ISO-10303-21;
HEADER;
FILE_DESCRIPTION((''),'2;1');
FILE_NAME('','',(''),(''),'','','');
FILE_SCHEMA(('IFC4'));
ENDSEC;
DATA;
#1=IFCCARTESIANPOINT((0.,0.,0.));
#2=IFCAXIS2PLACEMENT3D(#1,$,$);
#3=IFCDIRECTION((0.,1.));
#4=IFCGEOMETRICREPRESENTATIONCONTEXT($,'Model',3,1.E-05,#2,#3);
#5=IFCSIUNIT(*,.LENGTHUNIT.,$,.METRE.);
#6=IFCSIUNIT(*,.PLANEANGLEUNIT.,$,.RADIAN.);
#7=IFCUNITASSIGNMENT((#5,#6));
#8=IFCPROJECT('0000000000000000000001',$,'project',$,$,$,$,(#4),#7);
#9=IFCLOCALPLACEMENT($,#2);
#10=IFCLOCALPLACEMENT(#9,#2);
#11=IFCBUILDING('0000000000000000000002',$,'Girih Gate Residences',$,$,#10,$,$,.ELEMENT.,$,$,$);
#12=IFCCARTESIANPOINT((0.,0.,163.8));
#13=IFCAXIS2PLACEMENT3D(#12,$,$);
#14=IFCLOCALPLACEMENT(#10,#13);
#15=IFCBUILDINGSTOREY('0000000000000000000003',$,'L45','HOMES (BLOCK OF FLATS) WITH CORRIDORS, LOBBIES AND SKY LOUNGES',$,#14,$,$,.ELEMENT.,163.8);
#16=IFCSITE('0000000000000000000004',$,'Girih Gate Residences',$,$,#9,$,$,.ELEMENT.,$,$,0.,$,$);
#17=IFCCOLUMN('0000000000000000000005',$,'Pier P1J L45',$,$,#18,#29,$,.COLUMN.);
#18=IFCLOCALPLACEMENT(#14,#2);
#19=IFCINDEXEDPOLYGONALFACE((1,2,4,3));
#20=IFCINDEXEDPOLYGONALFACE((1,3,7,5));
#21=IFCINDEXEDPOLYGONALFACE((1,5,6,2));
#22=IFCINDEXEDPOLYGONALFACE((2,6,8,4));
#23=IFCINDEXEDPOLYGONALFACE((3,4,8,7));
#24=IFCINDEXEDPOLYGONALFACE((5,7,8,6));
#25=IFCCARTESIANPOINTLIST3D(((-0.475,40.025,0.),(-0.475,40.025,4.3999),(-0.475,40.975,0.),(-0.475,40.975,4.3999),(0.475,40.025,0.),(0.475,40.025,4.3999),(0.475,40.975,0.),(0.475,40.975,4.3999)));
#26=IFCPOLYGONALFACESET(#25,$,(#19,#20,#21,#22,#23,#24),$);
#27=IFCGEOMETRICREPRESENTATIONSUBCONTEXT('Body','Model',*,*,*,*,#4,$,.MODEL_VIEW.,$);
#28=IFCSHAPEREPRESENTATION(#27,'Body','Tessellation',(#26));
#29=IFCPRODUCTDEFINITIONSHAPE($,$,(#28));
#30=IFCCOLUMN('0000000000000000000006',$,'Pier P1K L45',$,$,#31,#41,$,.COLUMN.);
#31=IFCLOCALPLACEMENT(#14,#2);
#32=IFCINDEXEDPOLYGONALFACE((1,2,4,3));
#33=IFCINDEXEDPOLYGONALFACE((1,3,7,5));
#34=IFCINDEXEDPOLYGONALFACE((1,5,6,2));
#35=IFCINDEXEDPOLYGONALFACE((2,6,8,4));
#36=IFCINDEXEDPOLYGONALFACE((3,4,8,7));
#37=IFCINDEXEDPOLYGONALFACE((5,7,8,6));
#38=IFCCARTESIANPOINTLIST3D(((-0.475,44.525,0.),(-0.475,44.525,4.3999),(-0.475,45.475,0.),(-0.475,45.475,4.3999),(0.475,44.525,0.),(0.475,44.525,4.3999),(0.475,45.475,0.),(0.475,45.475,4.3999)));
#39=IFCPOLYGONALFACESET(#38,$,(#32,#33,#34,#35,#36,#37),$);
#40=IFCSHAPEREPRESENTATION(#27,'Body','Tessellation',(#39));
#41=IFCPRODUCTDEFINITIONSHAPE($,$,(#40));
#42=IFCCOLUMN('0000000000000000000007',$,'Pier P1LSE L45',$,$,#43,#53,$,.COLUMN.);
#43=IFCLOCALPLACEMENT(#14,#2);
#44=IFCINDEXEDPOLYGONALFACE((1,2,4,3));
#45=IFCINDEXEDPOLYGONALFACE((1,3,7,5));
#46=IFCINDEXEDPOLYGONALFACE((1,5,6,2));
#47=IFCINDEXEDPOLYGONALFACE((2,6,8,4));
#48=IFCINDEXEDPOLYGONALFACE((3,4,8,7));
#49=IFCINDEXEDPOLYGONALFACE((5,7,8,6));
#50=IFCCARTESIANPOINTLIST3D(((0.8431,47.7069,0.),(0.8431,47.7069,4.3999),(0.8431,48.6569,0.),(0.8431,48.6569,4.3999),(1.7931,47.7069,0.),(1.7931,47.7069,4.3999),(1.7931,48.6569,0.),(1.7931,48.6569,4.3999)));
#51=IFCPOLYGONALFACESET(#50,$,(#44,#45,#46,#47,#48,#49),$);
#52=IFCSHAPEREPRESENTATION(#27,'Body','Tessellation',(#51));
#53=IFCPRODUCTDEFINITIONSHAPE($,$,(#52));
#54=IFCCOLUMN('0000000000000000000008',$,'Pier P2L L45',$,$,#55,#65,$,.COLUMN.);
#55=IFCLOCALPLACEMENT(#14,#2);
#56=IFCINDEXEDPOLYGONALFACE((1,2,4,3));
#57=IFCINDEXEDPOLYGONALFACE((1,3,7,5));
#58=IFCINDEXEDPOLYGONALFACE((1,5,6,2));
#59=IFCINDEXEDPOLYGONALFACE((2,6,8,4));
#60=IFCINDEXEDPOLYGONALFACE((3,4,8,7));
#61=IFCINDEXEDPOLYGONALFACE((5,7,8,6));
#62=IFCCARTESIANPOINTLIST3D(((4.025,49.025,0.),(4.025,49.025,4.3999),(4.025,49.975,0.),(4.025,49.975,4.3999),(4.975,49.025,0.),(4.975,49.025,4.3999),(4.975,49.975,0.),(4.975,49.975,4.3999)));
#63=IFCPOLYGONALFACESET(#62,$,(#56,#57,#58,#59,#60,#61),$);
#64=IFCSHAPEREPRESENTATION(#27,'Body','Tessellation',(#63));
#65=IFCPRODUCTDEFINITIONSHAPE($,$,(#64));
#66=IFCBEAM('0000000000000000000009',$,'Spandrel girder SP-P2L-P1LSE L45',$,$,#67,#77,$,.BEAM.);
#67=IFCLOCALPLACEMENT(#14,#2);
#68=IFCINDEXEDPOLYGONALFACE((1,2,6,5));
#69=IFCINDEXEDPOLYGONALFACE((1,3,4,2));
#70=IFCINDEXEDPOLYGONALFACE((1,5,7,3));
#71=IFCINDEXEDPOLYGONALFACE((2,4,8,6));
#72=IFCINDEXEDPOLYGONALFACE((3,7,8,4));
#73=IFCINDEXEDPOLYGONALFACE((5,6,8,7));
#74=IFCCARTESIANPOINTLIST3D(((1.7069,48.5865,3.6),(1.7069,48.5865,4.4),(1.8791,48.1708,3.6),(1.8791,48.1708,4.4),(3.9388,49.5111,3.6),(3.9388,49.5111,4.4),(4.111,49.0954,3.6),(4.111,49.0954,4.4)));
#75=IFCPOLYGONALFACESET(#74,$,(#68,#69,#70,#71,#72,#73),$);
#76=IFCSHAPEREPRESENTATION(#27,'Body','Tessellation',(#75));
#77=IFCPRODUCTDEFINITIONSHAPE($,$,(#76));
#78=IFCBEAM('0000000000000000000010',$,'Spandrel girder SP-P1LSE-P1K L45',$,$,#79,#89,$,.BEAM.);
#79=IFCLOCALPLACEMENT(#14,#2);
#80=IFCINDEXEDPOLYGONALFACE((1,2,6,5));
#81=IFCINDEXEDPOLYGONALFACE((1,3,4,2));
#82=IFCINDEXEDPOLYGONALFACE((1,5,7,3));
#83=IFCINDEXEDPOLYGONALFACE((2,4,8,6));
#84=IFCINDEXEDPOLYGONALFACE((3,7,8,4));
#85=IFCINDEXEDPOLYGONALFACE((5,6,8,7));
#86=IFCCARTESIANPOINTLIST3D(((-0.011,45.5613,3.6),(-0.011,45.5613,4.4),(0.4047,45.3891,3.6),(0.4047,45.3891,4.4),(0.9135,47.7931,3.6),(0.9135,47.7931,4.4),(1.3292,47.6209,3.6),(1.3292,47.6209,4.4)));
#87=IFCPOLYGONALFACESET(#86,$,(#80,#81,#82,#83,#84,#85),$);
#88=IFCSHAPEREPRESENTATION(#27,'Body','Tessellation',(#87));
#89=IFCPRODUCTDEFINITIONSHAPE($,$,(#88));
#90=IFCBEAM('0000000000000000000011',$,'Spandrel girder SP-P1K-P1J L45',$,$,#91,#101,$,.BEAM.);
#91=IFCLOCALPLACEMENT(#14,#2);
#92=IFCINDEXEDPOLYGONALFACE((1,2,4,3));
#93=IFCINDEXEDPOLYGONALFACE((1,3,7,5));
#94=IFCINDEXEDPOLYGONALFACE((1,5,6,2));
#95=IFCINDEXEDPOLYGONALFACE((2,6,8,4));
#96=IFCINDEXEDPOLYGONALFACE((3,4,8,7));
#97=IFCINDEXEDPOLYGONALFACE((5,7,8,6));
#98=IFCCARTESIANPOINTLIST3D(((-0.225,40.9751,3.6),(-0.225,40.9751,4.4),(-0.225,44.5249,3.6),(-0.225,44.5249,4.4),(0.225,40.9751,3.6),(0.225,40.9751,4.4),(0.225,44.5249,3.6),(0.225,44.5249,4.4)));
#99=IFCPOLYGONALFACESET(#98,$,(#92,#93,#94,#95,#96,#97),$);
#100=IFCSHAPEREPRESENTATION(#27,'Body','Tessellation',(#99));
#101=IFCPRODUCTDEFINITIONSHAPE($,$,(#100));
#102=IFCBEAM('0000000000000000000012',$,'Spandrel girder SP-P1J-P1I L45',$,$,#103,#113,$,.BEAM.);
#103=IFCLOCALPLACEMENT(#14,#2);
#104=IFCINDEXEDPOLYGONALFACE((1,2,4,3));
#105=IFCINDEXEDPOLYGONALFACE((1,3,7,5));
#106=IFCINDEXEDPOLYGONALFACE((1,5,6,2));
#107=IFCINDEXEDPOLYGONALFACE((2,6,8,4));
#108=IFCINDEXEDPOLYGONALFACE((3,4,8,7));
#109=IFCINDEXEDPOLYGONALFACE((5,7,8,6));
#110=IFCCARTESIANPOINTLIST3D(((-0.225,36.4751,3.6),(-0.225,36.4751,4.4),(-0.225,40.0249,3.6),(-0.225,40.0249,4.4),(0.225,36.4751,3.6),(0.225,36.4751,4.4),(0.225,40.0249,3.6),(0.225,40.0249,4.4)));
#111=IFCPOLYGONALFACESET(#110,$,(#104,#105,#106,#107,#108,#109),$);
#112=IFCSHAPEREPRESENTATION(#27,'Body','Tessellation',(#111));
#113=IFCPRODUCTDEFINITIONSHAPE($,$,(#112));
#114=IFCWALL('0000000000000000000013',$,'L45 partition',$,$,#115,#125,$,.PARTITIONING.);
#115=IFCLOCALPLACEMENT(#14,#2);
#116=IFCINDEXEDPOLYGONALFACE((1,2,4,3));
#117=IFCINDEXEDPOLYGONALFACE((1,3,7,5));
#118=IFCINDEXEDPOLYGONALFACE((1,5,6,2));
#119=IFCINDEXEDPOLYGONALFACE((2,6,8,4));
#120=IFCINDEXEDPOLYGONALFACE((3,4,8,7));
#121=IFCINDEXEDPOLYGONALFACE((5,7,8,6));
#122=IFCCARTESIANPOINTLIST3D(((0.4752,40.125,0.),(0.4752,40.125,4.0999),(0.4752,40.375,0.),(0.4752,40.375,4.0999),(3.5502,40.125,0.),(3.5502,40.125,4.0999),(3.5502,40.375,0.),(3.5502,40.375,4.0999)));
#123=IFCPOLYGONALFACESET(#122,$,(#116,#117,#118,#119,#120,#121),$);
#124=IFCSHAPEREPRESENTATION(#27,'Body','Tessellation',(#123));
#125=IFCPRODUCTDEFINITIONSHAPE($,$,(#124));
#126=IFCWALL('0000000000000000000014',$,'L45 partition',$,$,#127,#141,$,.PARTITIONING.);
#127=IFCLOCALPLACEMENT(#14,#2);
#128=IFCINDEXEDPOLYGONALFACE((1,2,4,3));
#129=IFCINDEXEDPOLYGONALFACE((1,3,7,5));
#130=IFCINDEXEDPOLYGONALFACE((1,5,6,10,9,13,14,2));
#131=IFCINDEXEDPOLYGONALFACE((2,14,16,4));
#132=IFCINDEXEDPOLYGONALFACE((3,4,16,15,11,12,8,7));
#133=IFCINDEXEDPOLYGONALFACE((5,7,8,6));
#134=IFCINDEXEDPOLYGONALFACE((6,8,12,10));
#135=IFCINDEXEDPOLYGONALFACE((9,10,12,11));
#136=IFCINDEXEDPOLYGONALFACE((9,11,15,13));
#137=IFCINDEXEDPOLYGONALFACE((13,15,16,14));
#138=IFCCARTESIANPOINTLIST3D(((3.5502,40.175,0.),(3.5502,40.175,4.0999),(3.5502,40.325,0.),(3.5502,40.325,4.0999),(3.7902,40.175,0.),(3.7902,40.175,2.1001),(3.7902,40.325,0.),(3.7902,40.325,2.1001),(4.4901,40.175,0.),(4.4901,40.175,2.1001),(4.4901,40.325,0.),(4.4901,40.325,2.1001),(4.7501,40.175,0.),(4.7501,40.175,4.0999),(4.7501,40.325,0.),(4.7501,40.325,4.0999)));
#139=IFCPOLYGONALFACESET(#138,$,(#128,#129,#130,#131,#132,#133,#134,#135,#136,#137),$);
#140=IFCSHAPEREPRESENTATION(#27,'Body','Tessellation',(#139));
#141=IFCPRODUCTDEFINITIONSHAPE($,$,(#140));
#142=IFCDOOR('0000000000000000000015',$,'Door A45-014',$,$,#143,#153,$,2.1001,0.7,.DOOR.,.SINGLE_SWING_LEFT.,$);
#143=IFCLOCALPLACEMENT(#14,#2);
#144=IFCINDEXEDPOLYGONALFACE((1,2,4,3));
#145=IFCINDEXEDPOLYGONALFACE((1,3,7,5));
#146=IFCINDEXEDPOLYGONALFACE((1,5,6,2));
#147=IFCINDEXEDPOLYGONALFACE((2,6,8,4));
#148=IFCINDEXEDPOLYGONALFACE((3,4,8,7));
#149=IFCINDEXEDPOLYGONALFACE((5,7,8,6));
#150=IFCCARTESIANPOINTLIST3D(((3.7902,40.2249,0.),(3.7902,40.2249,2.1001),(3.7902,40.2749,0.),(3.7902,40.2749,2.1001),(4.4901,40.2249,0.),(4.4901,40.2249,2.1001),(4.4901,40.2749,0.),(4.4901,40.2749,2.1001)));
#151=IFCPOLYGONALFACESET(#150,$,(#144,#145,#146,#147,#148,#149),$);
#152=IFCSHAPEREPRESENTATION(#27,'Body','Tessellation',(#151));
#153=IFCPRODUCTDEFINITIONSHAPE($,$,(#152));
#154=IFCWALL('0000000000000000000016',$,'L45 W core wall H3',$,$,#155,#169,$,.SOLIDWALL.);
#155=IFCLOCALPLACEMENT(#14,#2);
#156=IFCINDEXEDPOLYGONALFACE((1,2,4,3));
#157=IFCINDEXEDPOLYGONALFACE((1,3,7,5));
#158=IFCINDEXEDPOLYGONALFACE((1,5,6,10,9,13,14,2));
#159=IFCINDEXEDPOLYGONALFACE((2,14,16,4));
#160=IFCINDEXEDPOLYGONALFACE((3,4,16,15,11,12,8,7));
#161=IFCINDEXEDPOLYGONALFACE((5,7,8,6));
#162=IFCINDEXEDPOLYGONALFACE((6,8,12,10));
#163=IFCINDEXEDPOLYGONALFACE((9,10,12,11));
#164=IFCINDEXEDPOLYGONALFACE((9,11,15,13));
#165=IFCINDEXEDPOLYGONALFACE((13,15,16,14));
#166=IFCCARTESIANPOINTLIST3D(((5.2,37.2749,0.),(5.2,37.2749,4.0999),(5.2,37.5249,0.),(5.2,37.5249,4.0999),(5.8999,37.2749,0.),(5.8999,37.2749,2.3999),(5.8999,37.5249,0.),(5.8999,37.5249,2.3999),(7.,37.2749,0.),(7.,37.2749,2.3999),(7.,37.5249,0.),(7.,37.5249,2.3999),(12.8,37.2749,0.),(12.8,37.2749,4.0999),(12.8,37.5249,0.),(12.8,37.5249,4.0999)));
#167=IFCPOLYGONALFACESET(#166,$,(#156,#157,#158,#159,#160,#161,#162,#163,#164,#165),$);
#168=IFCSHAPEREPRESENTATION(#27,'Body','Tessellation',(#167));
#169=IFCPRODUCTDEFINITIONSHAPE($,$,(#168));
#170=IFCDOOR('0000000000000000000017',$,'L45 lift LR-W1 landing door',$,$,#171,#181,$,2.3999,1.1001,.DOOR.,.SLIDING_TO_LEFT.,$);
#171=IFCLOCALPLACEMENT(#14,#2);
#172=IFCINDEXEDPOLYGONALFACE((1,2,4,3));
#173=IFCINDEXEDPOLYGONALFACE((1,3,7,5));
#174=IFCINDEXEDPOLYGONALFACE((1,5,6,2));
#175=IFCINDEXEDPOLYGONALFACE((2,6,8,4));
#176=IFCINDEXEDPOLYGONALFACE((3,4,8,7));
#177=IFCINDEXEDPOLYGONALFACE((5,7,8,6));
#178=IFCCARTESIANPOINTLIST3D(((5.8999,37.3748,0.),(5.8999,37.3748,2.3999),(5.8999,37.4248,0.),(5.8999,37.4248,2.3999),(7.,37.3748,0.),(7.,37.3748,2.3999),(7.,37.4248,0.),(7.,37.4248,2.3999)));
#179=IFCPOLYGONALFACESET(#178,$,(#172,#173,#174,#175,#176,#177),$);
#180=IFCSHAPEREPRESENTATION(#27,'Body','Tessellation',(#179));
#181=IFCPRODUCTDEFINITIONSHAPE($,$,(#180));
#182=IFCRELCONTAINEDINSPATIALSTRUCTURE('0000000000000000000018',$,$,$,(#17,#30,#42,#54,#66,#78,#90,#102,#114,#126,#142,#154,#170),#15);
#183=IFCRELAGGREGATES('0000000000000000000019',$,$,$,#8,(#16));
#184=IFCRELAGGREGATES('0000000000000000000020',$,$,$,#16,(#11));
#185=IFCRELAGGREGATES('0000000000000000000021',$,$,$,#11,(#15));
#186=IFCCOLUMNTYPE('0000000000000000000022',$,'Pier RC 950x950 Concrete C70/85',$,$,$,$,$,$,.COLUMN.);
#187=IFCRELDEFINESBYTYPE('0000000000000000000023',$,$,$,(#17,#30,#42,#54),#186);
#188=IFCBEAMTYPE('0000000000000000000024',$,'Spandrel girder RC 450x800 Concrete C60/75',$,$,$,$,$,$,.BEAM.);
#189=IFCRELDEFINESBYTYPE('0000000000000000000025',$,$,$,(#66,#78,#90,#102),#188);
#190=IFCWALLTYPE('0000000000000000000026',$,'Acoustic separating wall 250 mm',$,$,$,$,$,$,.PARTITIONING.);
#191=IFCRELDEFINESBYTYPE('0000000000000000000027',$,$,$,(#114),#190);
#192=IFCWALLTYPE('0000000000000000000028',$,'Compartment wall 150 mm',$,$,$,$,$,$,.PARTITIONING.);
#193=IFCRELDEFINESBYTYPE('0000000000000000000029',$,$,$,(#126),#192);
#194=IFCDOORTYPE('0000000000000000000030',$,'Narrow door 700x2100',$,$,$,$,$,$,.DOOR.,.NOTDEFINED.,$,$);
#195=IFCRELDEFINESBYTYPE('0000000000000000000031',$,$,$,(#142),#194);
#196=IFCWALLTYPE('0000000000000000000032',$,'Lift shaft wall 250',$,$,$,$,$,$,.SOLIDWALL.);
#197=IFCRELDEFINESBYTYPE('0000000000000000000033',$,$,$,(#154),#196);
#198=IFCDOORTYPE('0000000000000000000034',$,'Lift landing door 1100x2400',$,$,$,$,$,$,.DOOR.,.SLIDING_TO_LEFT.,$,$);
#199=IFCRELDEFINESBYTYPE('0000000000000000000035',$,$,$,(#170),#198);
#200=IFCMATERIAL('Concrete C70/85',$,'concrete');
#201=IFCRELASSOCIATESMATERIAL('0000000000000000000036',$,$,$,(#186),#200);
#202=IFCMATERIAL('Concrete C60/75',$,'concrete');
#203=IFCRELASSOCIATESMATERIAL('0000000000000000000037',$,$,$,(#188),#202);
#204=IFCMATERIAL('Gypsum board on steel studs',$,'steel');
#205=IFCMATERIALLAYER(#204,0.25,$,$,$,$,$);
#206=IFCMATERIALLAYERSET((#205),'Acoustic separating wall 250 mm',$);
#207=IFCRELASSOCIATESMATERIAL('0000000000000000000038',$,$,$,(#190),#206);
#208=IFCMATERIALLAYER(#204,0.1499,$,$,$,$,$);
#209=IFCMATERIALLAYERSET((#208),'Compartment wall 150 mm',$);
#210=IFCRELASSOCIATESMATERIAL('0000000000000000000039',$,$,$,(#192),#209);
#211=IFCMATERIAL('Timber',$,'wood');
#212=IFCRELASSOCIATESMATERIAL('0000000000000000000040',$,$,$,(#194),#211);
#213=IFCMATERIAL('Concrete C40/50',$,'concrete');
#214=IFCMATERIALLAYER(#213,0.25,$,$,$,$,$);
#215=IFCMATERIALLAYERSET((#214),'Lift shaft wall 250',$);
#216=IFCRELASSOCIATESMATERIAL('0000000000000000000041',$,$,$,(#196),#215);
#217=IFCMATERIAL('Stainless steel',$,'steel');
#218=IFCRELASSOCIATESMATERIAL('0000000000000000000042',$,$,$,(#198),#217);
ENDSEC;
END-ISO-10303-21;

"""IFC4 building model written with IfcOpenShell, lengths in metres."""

from ifc_helpers import new_model, si_unit, direction, frame, frame_2d, origin, origin_2d, place, context, subcontext, project, spatial, rectangle, extrude, material, layer, layer_set, material_profile, profile_set, type_object, element, fill, save


model = new_model("IFC4")

# Units and contexts
model_context = context("Model", 3, precision=1e-05, world=origin(), true_north=direction((0.0, 1.0)))
body_context = subcontext(model_context, "Body", "Model", "MODEL_VIEW")
ifc_project = project(units=[si_unit("LENGTHUNIT", "METRE"), si_unit("PLANEANGLEUNIT", "RADIAN")], contexts=[model_context])

# Site, building, storey
site_placement = place(None, origin())
site = spatial("IfcSite", under=ifc_project, at=site_placement, Name="Girih Gate Residences", CompositionType="ELEMENT", RefElevation=0.0)
building_placement = place(site_placement, origin())
building = spatial("IfcBuilding", under=site, at=building_placement, Name="Girih Gate Residences", CompositionType="ELEMENT")
storey_placement = place(building_placement, frame((0.0, 0.0, 163.8)))
storey = spatial("IfcBuildingStorey", under=building, at=storey_placement, Name="L45", Description="HOMES (BLOCK OF FLATS) WITH CORRIDORS, LOBBIES AND SKY LOUNGES", CompositionType="ELEMENT", Elevation=163.8)

# Columns
ifc_material_1 = material(Name="Concrete C70/85", Category="concrete")
ifc_material_profile_1 = material_profile(ifc_material_1, rectangle(XDim=0.95, YDim=0.95, at=origin_2d()))
ifc_profile_set_1 = profile_set([ifc_material_profile_1], Name="Concrete C70/85")
column_type = type_object("IfcColumnType", Name="Pier RC 950x950 Concrete C70/85", PredefinedType="COLUMN", material=ifc_profile_set_1)
for number, where, z_axis, x_axis, name in (
    (1, (0.0, 40.5, 0.0), (0.0, 0.0, 1.0), (1.0, 0.0, 0.0), "Pier P1J L45"),
    (2, (0.0, 45.0, 0.0), (0.0, 0.0, 1.0), (1.0, 0.0, 0.0), "Pier P1K L45"),
    (3, (1.3181, 48.1819, 0.0), (0.0, 0.0, 1.0), (1.0, 0.0, 0.0), "Pier P1LSE L45"),
    (4, (4.5, 49.5, 0.0), (0.0, 0.0, 1.0), (1.0, 0.0, 0.0), "Pier P2L L45"),
):
    element("IfcColumn", number, at=place(storey_placement, frame(where, z_axis=z_axis, x_axis=x_axis)), inside=storey, type_object=column_type, Name=name, PredefinedType="COLUMN", context=body_context, shape_type="SweptSolid", body=[
        extrude(rectangle(XDim=0.95, YDim=0.95, at=origin_2d()), origin(), (0.0, 0.0, 1.0), 4.3999),
    ])

# Beams
ifc_material_2 = material(Name="Concrete C60/75", Category="concrete")
ifc_material_profile_2 = material_profile(ifc_material_2, rectangle(XDim=0.45, YDim=0.8, at=origin_2d()))
ifc_profile_set_2 = profile_set([ifc_material_profile_2], Name="Concrete C60/75")
beam_type = type_object("IfcBeamType", Name="Spandrel girder RC 450x800 Concrete C60/75", PredefinedType="BEAM", material=ifc_profile_set_2)
for number, where, z_axis, x_axis, name in (
    (5, (4.0249, 49.3032, 4.0), (-0.92387, -0.382706, 0.0), (0.382706, -0.92387, 0.0), "Spandrel girder SP-P2L-P1LSE L45"),
    (6, (1.1213, 47.707, 4.0), (-0.382706, -0.92387, 0.0), (0.92387, -0.382706, 0.0), "Spandrel girder SP-P1LSE-P1K L45"),
):
    element("IfcBeam", number, at=place(storey_placement, frame(where, z_axis=z_axis, x_axis=x_axis)), inside=storey, type_object=beam_type, Name=name, PredefinedType="BEAM", context=body_context, shape_type="SweptSolid", body=[
        extrude(rectangle(XDim=0.45, YDim=0.8, at=origin_2d()), origin(), (0.0, 0.0, 1.0), 2.4158),
    ])
for number, where, z_axis, x_axis, name in (
    (7, (0.0, 44.5249, 4.0), (0.0, -1.0, 0.0), (1.0, 0.0, 0.0), "Spandrel girder SP-P1K-P1J L45"),
    (8, (0.0, 40.0249, 4.0), (0.0, -1.0, 0.0), (1.0, 0.0, 0.0), "Spandrel girder SP-P1J-P1I L45"),
):
    element("IfcBeam", number, at=place(storey_placement, frame(where, z_axis=z_axis, x_axis=x_axis)), inside=storey, type_object=beam_type, Name=name, PredefinedType="BEAM", context=body_context, shape_type="SweptSolid", body=[
        extrude(rectangle(XDim=0.45, YDim=0.8, at=origin_2d()), origin(), (0.0, 0.0, 1.0), 3.5498),
    ])

# Wall
ifc_material_3 = material(Name="Gypsum board on steel studs", Category="steel")
ifc_layer_1 = layer(ifc_material_3, 0.25)
ifc_layer_set_1 = layer_set([ifc_layer_1], Name="Acoustic separating wall 250 mm")
wall_type_1 = type_object("IfcWallType", Name="Acoustic separating wall 250 mm", PredefinedType="PARTITIONING", material=ifc_layer_set_1)
wall_1_placement = place(storey_placement, frame((0.4751, 40.25, 0.0), z_axis=(0.0, 0.0, 1.0), x_axis=(1.0, 0.0, 0.0)))
element("IfcWall", 9, at=wall_1_placement, inside=storey, type_object=wall_type_1, Name="L45 partition", PredefinedType="PARTITIONING", context=body_context, shape_type="SweptSolid", body=[
    extrude(rectangle(XDim=3.075, YDim=0.25, at=frame_2d((1.5376, 0.0))), origin(), (0.0, 0.0, 1.0), 4.0999),
])

# Walls, openings, doors
ifc_layer_2 = layer(ifc_material_3, 0.1499)
ifc_layer_set_2 = layer_set([ifc_layer_2], Name="Compartment wall 150 mm")
wall_type_2 = type_object("IfcWallType", Name="Compartment wall 150 mm", PredefinedType="PARTITIONING", material=ifc_layer_set_2)
wall_2_placement = place(storey_placement, frame((3.55, 40.25, 0.0), z_axis=(0.0, 0.0, 1.0), x_axis=(1.0, 0.0, 0.0)))
wall_2 = element("IfcWall", 10, at=wall_2_placement, inside=storey, type_object=wall_type_2, Name="L45 partition", PredefinedType="PARTITIONING", context=body_context, shape_type="SweptSolid", body=[
    extrude(rectangle(XDim=1.2, YDim=0.1499, at=frame_2d((0.6001, 0.0))), origin(), (0.0, 0.0, 1.0), 4.0999),
])
opening_1_placement = place(wall_2_placement, frame((0.24, 0.0, 0.0)))
opening_1 = element("IfcOpeningElement", 11, at=opening_1_placement, cuts=wall_2, PredefinedType="OPENING", context=body_context, shape_type="SweptSolid", body=[
    extrude(rectangle(XDim=0.7, YDim=2.1001, at=frame_2d((0.3501, 1.05))), frame((0.0, 0.085, 0.0), z_axis=(0.0, -1.0, 0.0), x_axis=(1.0, 0.0, 0.0)), (0.0, 0.0, 1.0), 0.1699),
])
ifc_material_4 = material(Name="Timber", Category="wood")
door_type_1 = type_object("IfcDoorType", Name="Narrow door 700x2100", OperationType="NOTDEFINED", PredefinedType="DOOR", material=ifc_material_4)
door_1_placement = place(opening_1_placement, origin())
door_1 = element("IfcDoor", 12, at=door_1_placement, inside=storey, type_object=door_type_1, Name="Door A45-014", OperationType="SINGLE_SWING_LEFT", OverallHeight=2.1001, OverallWidth=0.7, PredefinedType="DOOR", context=body_context, shape_type="SweptSolid", body=[
    extrude(rectangle(XDim=0.7, YDim=2.1001, at=frame_2d((0.3501, 1.05))), frame((0.0, 0.0249, 0.0), z_axis=(0.0, -1.0, 0.0), x_axis=(1.0, 0.0, 0.0)), (0.0, 0.0, 1.0), 0.05),
])
fill(opening_1, door_1)
ifc_material_5 = material(Name="Concrete C40/50", Category="concrete")
ifc_layer_3 = layer(ifc_material_5, 0.25)
ifc_layer_set_3 = layer_set([ifc_layer_3], Name="Lift shaft wall 250")
wall_type_3 = type_object("IfcWallType", Name="Lift shaft wall 250", PredefinedType="SOLIDWALL", material=ifc_layer_set_3)
wall_3_placement = place(storey_placement, frame((5.2, 37.3999, 0.0), z_axis=(0.0, 0.0, 1.0), x_axis=(1.0, 0.0, 0.0)))
wall_3 = element("IfcWall", 13, at=wall_3_placement, inside=storey, type_object=wall_type_3, Name="L45 W core wall H3", PredefinedType="SOLIDWALL", context=body_context, shape_type="SweptSolid", body=[
    extrude(rectangle(XDim=7.6001, YDim=0.25, at=frame_2d((3.8, 0.0))), origin(), (0.0, 0.0, 1.0), 4.0999),
])
opening_2_placement = place(wall_3_placement, frame((0.7, 0.0, 0.0)))
opening_2 = element("IfcOpeningElement", 14, at=opening_2_placement, cuts=wall_3, PredefinedType="OPENING", context=body_context, shape_type="SweptSolid", body=[
    extrude(rectangle(XDim=1.1001, YDim=2.3999, at=frame_2d((0.55, 1.2))), frame((0.0, 0.135, 0.0), z_axis=(0.0, -1.0, 0.0), x_axis=(1.0, 0.0, 0.0)), (0.0, 0.0, 1.0), 0.27),
])
ifc_material_6 = material(Name="Stainless steel", Category="steel")
door_type_2 = type_object("IfcDoorType", Name="Lift landing door 1100x2400", OperationType="SLIDING_TO_LEFT", PredefinedType="DOOR", material=ifc_material_6)
door_2_placement = place(opening_2_placement, origin())
door_2 = element("IfcDoor", 15, at=door_2_placement, inside=storey, type_object=door_type_2, Name="L45 lift LR-W1 landing door", OperationType="SLIDING_TO_LEFT", OverallHeight=2.3999, OverallWidth=1.1001, PredefinedType="DOOR", context=body_context, shape_type="SweptSolid", body=[
    extrude(rectangle(XDim=1.1001, YDim=2.3999, at=frame_2d((0.55, 1.2))), frame((0.0, 0.0249, 0.0), z_axis=(0.0, -1.0, 0.0), x_axis=(1.0, 0.0, 0.0)), (0.0, 0.0, 1.0), 0.05),
])
fill(opening_2, door_2)

save(model, "model.ifc")
